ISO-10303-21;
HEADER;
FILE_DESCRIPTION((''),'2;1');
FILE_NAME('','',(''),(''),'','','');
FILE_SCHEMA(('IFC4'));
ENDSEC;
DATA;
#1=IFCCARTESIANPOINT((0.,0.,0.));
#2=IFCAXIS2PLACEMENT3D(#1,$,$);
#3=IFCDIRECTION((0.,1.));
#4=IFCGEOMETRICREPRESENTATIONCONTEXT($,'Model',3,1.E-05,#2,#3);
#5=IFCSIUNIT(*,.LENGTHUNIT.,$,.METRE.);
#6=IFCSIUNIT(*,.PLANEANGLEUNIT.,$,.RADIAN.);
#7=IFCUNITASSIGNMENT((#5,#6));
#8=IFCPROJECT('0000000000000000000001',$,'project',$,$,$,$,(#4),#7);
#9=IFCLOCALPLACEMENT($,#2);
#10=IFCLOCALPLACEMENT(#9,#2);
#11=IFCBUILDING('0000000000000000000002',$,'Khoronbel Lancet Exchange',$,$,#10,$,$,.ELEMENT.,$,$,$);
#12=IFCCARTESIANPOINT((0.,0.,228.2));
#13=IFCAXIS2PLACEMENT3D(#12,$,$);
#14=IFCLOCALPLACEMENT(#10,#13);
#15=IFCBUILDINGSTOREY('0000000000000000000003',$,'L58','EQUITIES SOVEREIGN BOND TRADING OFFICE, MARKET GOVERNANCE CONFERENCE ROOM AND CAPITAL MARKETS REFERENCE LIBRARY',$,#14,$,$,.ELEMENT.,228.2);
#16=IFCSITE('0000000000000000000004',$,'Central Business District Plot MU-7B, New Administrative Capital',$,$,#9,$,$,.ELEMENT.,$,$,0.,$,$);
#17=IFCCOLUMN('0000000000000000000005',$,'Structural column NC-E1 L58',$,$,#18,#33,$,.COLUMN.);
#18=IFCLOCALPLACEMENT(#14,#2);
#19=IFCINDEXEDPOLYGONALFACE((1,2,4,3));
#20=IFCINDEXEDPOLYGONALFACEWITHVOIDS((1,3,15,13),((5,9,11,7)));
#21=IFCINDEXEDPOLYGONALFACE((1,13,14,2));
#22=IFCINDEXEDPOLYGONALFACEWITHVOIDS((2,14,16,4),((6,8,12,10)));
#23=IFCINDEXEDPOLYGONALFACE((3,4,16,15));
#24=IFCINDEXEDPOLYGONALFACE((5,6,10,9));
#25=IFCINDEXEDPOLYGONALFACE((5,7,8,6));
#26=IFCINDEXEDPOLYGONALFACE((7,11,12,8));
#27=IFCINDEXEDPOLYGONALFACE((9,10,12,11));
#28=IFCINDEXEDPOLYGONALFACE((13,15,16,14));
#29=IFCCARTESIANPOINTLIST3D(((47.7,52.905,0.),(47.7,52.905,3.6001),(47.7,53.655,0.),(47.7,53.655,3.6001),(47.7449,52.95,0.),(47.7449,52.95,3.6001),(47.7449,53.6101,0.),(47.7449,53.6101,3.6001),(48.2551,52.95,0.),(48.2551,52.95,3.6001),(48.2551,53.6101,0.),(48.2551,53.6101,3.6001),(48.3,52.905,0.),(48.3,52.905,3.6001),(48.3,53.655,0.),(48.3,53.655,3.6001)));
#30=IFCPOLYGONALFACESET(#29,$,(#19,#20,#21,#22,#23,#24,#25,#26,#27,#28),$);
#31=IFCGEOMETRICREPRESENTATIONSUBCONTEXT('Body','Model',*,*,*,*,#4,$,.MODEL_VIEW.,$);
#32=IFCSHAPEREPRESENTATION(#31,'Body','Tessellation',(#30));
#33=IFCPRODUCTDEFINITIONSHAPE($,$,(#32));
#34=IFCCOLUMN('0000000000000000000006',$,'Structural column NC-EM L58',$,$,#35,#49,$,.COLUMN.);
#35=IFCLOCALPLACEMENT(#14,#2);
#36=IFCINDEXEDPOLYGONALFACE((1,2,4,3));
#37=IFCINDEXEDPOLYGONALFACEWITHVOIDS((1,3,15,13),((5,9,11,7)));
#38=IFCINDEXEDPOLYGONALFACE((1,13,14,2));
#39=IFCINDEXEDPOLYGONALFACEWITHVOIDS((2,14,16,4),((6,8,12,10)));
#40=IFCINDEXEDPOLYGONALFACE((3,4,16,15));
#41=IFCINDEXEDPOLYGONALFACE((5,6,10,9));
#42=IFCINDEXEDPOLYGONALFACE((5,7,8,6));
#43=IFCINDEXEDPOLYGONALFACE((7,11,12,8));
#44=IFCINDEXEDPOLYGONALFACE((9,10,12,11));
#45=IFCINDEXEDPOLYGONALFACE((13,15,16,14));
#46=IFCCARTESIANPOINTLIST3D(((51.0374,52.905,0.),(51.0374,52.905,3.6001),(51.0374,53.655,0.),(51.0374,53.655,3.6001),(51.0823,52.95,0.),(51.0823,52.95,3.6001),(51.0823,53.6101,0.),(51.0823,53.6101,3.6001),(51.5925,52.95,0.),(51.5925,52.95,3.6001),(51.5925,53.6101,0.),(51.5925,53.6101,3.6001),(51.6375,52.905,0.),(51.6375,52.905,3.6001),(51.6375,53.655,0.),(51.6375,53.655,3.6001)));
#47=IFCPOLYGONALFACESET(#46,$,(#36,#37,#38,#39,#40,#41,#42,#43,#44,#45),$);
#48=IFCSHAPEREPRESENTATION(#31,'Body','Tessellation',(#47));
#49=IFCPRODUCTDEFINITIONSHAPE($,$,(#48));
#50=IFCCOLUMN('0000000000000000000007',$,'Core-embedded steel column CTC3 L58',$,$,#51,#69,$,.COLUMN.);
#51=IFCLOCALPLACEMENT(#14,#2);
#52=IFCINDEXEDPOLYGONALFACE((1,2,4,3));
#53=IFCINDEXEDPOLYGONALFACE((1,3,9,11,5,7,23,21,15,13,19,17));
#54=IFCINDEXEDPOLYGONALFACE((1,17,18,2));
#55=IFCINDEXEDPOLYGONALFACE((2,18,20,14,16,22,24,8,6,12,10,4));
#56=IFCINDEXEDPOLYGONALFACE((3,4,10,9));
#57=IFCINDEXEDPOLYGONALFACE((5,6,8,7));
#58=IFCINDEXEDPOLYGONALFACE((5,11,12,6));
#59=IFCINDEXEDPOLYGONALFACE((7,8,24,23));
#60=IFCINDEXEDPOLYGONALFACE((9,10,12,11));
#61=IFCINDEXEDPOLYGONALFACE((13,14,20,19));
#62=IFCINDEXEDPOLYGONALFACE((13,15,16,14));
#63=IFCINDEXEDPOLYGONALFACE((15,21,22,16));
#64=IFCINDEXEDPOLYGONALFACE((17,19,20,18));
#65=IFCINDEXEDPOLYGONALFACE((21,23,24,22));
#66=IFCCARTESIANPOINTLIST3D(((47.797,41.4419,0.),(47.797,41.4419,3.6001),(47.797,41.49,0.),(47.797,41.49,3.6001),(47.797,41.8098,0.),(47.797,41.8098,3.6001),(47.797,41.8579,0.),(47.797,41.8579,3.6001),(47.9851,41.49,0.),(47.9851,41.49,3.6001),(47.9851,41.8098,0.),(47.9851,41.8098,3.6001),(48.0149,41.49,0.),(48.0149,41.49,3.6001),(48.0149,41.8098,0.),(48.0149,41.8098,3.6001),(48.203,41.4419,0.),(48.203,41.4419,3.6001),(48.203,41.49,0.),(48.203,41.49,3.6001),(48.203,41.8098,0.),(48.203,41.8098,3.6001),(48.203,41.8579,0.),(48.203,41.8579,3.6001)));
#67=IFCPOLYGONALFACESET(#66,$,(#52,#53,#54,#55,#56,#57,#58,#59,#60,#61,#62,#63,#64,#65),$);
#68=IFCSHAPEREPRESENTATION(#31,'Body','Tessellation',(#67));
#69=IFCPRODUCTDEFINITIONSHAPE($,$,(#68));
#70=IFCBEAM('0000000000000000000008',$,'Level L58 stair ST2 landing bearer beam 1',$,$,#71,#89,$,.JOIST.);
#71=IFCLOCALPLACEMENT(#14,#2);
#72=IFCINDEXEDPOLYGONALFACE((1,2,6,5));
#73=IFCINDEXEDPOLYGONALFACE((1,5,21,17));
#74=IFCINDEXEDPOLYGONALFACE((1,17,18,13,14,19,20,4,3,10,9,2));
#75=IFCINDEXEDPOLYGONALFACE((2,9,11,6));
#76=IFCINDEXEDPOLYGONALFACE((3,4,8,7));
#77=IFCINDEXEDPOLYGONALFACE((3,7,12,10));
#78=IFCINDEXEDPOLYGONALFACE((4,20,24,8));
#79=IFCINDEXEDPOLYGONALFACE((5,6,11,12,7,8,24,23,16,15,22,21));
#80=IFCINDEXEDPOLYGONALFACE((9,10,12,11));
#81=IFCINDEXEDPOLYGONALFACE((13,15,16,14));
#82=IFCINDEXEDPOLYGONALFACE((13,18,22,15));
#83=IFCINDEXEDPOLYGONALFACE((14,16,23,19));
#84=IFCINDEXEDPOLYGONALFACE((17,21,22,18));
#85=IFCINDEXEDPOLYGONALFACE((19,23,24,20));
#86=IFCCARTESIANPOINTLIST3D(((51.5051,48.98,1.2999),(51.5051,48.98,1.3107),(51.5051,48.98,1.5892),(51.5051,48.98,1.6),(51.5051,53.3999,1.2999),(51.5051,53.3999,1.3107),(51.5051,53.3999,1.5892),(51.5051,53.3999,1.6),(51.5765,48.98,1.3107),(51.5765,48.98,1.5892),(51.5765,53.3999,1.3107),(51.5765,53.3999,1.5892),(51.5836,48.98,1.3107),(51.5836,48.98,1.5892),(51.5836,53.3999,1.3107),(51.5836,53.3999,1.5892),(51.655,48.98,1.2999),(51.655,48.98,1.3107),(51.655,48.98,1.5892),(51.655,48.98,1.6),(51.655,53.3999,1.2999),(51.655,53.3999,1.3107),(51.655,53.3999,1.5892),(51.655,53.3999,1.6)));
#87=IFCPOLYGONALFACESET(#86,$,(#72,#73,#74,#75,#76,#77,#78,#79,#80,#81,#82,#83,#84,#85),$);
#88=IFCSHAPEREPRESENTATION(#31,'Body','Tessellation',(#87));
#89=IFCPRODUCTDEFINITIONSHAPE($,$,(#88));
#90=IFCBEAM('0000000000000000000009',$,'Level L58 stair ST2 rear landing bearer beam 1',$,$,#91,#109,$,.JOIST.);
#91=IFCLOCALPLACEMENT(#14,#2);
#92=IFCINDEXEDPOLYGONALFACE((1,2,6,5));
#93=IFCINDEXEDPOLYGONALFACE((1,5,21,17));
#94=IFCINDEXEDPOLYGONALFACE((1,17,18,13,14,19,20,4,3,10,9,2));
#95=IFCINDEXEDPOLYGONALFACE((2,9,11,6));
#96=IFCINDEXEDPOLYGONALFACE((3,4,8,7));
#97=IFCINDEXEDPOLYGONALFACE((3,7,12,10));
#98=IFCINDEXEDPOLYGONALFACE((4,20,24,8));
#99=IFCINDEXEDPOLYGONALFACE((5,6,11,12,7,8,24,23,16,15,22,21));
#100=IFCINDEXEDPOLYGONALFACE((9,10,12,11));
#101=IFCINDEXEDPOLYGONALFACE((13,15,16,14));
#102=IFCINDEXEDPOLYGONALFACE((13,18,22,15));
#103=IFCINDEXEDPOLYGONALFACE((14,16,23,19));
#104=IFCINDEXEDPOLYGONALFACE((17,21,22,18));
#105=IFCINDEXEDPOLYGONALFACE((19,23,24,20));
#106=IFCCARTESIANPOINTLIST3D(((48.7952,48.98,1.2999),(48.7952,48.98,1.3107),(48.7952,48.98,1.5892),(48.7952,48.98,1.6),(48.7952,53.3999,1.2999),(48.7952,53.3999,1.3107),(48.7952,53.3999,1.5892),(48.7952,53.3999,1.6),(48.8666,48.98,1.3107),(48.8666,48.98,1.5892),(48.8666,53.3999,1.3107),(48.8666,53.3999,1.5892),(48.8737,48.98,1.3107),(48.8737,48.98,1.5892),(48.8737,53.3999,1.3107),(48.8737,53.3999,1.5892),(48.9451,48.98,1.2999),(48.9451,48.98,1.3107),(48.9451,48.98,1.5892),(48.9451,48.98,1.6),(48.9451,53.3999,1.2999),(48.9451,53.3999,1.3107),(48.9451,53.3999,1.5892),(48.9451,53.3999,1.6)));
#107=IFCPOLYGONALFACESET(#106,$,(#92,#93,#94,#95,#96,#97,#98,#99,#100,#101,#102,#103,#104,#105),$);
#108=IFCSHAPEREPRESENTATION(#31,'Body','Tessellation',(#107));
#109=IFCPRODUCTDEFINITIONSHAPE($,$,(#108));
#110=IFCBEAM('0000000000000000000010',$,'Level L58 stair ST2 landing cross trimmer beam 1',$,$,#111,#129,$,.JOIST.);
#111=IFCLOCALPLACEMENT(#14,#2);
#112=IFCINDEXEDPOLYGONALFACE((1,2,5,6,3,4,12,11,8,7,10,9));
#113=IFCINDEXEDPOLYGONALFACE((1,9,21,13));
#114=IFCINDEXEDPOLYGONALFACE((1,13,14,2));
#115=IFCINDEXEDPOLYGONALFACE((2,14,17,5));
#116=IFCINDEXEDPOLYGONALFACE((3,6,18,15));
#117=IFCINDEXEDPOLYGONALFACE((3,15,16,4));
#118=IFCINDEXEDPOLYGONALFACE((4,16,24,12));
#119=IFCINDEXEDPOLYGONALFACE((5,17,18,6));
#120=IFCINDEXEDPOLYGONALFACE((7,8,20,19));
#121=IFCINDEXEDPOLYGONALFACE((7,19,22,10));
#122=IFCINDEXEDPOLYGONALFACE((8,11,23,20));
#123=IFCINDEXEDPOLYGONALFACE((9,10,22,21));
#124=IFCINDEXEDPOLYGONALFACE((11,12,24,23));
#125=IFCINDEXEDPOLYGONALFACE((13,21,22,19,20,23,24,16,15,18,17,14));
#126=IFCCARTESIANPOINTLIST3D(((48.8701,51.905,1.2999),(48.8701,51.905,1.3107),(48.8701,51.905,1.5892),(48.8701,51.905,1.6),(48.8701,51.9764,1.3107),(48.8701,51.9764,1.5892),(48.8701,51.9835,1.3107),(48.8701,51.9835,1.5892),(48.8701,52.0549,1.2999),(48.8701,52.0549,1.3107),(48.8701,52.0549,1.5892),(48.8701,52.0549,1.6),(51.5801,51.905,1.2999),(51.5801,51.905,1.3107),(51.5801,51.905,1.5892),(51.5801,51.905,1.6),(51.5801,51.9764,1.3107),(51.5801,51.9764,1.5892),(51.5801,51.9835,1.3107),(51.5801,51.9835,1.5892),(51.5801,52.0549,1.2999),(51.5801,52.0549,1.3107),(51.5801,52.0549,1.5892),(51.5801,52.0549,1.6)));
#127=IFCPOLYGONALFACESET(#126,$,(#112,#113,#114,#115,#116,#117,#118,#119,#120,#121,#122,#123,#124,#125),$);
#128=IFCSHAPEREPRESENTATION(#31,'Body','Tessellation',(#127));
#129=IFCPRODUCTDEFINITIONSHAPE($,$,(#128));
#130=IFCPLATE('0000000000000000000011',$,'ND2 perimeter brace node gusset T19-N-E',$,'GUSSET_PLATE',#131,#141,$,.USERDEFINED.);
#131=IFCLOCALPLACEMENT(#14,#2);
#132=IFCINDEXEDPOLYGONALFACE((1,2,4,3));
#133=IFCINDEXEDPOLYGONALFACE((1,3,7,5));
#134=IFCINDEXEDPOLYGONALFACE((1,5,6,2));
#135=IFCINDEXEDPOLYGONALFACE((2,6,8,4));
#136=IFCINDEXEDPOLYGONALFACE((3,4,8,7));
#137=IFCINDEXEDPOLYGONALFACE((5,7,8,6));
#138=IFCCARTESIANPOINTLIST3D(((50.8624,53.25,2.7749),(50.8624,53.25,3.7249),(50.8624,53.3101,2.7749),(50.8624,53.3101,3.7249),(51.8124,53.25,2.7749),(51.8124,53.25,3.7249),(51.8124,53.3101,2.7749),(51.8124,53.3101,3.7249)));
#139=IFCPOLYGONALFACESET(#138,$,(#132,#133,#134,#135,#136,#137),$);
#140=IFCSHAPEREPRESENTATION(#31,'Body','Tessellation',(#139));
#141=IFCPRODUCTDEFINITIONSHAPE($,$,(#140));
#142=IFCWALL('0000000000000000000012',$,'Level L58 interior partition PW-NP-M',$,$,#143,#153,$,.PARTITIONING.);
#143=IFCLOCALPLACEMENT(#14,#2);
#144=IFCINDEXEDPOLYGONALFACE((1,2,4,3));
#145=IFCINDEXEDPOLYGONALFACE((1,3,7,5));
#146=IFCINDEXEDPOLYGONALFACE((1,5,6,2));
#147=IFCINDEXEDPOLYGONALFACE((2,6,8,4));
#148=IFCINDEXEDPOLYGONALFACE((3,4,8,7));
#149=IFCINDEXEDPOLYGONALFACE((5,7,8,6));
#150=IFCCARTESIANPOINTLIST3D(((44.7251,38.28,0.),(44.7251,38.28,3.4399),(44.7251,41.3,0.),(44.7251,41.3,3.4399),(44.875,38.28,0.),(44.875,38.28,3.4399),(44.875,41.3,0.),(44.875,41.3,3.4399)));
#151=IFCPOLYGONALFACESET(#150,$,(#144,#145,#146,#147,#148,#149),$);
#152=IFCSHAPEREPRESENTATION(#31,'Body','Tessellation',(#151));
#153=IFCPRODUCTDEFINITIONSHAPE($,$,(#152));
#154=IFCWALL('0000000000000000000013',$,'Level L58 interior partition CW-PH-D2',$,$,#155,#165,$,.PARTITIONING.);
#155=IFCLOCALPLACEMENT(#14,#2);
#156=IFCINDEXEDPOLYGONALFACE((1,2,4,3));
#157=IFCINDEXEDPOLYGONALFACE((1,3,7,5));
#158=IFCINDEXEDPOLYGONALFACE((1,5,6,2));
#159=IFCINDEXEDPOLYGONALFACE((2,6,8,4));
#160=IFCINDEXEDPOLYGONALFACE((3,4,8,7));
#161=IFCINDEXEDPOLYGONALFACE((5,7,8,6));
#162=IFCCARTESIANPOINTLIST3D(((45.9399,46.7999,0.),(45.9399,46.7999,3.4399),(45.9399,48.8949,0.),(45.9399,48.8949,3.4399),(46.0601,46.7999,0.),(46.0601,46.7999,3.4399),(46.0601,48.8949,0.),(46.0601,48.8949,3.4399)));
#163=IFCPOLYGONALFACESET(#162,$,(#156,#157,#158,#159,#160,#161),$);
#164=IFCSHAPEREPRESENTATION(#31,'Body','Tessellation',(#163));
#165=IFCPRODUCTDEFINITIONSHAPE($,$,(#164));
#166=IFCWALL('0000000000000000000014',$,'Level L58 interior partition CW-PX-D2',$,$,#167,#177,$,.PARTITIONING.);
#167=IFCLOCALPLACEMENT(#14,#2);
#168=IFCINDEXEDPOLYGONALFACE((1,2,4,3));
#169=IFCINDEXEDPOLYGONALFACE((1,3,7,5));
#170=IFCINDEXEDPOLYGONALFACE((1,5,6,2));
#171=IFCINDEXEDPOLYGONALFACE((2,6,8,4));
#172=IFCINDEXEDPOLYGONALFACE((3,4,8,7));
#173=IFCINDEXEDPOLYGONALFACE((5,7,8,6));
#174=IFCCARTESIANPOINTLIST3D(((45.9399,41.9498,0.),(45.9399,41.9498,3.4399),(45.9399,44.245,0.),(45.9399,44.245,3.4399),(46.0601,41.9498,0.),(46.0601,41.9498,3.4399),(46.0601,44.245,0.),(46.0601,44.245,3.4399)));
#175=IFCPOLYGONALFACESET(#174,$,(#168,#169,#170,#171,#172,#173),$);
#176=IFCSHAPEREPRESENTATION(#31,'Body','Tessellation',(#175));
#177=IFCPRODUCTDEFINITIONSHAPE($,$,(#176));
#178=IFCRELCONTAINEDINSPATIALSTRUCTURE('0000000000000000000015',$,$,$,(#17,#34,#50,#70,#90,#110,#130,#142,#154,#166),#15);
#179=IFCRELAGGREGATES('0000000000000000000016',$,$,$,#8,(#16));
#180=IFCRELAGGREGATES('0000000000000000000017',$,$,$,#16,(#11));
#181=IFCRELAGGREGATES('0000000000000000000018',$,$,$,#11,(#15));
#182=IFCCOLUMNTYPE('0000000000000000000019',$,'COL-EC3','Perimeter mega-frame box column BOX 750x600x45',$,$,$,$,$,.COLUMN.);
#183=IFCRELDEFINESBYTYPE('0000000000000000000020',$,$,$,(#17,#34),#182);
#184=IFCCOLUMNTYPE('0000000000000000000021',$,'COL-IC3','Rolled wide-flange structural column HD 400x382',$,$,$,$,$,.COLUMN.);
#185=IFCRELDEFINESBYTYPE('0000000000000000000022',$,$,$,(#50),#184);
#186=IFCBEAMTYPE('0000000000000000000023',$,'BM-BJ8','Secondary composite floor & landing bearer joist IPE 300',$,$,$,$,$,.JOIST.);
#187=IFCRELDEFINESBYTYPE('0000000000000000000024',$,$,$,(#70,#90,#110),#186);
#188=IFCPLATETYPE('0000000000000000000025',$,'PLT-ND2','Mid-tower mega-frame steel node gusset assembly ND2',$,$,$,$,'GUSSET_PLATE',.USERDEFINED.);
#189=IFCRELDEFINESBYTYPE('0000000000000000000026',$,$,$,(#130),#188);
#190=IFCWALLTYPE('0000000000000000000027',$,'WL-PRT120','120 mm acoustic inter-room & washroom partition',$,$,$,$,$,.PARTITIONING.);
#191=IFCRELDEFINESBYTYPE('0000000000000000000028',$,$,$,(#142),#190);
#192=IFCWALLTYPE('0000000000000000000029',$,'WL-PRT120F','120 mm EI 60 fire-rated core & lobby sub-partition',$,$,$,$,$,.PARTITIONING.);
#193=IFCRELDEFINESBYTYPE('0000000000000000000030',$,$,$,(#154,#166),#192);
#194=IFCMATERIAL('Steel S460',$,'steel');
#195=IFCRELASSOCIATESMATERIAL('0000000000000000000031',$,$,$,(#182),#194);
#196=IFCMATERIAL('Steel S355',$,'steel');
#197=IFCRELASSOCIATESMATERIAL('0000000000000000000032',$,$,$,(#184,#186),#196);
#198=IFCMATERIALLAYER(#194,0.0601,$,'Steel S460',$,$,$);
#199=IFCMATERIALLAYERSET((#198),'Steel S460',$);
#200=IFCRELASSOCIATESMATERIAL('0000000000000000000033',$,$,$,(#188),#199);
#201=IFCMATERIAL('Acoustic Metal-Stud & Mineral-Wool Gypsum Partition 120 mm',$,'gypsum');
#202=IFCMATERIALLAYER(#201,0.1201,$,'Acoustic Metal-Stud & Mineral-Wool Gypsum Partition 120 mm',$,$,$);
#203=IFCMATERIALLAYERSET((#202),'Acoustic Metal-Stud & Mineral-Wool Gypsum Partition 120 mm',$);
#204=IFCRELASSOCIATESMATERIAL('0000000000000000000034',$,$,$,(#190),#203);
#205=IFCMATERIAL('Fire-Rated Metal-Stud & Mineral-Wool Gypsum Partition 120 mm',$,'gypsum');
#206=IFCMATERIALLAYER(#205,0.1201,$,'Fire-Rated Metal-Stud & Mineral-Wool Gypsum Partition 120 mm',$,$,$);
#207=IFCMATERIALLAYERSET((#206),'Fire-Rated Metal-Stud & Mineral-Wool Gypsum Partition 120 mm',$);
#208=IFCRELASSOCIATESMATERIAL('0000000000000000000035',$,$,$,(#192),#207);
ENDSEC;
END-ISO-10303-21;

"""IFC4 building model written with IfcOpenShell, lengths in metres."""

from ifc_helpers import new_model, si_unit, direction, frame, frame_2d, origin, origin_2d, place, context, subcontext, project, spatial, rectangle, hollow_rectangle, i_section, extrude, material, layer, layer_set, material_profile, profile_set, type_object, element, save


model = new_model("IFC4")

# Units and contexts
model_context = context("Model", 3, precision=1e-05, world=origin(), true_north=direction((0.0, 1.0)))
body_context = subcontext(model_context, "Body", "Model", "MODEL_VIEW")
ifc_project = project(units=[si_unit("LENGTHUNIT", "METRE"), si_unit("PLANEANGLEUNIT", "RADIAN")], contexts=[model_context])

# Site, building, storey
site_placement = place(None, origin())
site = spatial("IfcSite", under=ifc_project, at=site_placement, Name="Central Business District Plot MU-7B, New Administrative Capital", CompositionType="ELEMENT", RefElevation=0.0)
building_placement = place(site_placement, origin())
building = spatial("IfcBuilding", under=site, at=building_placement, Name="Khoronbel Lancet Exchange", CompositionType="ELEMENT")
storey_placement = place(building_placement, frame((0.0, 0.0, 228.2)))
storey = spatial("IfcBuildingStorey", under=building, at=storey_placement, Name="L58", Description="EQUITIES SOVEREIGN BOND TRADING OFFICE, MARKET GOVERNANCE CONFERENCE ROOM AND CAPITAL MARKETS REFERENCE LIBRARY", CompositionType="ELEMENT", Elevation=228.2)

# Columns
ifc_material_1 = material(Name="Steel S460", Category="steel")
ifc_material_profile_1 = material_profile(ifc_material_1, hollow_rectangle(XDim=0.6001, YDim=0.75, WallThickness=0.0449, at=origin_2d()), Name="BOX 750x600x45")
ifc_profile_set_1 = profile_set([ifc_material_profile_1], Name="Steel S460")
column_type_1 = type_object("IfcColumnType", Name="COL-EC3", Description="Perimeter mega-frame box column BOX 750x600x45", PredefinedType="COLUMN", material=ifc_profile_set_1)
for number, where, z_axis, x_axis, name in (
    (1, (48.0, 53.28, 0.0), (0.0, 0.0, 1.0), (1.0, 0.0, 0.0), "Structural column NC-E1 L58"),
    (2, (51.3374, 53.28, 0.0), (0.0, 0.0, 1.0), (1.0, 0.0, 0.0), "Structural column NC-EM L58"),
):
    element("IfcColumn", number, at=place(storey_placement, frame(where, z_axis=z_axis, x_axis=x_axis)), inside=storey, type_object=column_type_1, Name=name, PredefinedType="COLUMN", context=body_context, shape_type="SweptSolid", body=[
        extrude(hollow_rectangle(XDim=0.6001, YDim=0.75, WallThickness=0.0449, at=origin_2d()), origin(), (0.0, 0.0, 1.0), 3.6001),
    ])
ifc_material_2 = material(Name="Steel S355", Category="steel")
ifc_material_profile_2 = material_profile(ifc_material_2, i_section(OverallWidth=0.406, OverallDepth=0.416, WebThickness=0.0298, FlangeThickness=0.0481, at=origin_2d()), Name="HD 400x382")
ifc_profile_set_2 = profile_set([ifc_material_profile_2], Name="Steel S355")
column_type_2 = type_object("IfcColumnType", Name="COL-IC3", Description="Rolled wide-flange structural column HD 400x382", PredefinedType="COLUMN", material=ifc_profile_set_2)
column_placement = place(storey_placement, frame((48.0, 41.6499, 0.0), z_axis=(0.0, 0.0, 1.0), x_axis=(1.0, 0.0, 0.0)))
element("IfcColumn", 3, at=column_placement, inside=storey, type_object=column_type_2, Name="Core-embedded steel column CTC3 L58", PredefinedType="COLUMN", context=body_context, shape_type="SweptSolid", body=[
    extrude(i_section(OverallWidth=0.406, OverallDepth=0.416, WebThickness=0.0298, FlangeThickness=0.0481, at=origin_2d()), origin(), (0.0, 0.0, 1.0), 3.6001),
])

# Beams
ifc_material_profile_3 = material_profile(ifc_material_2, i_section(OverallWidth=0.1499, OverallDepth=0.3, WebThickness=0.0071, FlangeThickness=0.0107, at=origin_2d()), Name="IPE 300")
ifc_profile_set_3 = profile_set([ifc_material_profile_3], Name="Steel S355")
beam_type = type_object("IfcBeamType", Name="BM-BJ8", Description="Secondary composite floor & landing bearer joist IPE 300", PredefinedType="JOIST", material=ifc_profile_set_3)
for number, where, z_axis, x_axis, name in (
    (4, (51.5801, 48.98, 1.45), (0.0, 1.0, 0.0), (-1.0, 0.0, 0.0), "Level L58 stair ST2 landing bearer beam 1"),
    (5, (48.8701, 48.98, 1.45), (0.0, 1.0, 0.0), (-1.0, 0.0, 0.0), "Level L58 stair ST2 rear landing bearer beam 1"),
):
    element("IfcBeam", number, at=place(storey_placement, frame(where, z_axis=z_axis, x_axis=x_axis)), inside=storey, type_object=beam_type, Name=name, PredefinedType="JOIST", context=body_context, shape_type="SweptSolid", body=[
        extrude(i_section(OverallWidth=0.1499, OverallDepth=0.3, WebThickness=0.0071, FlangeThickness=0.0107, at=origin_2d()), origin(), (0.0, 0.0, 1.0), 4.4199),
    ])
beam_placement = place(storey_placement, frame((48.8701, 51.98, 1.45), z_axis=(1.0, 0.0, 0.0), x_axis=(0.0, 1.0, 0.0)))
element("IfcBeam", 6, at=beam_placement, inside=storey, type_object=beam_type, Name="Level L58 stair ST2 landing cross trimmer beam 1", PredefinedType="JOIST", context=body_context, shape_type="SweptSolid", body=[
    extrude(i_section(OverallWidth=0.1499, OverallDepth=0.3, WebThickness=0.0071, FlangeThickness=0.0107, at=origin_2d()), origin(), (0.0, 0.0, 1.0), 2.71),
])

# Plate
ifc_layer_1 = layer(ifc_material_1, 0.0601, Name="Steel S460")
ifc_layer_set_1 = layer_set([ifc_layer_1], Name="Steel S460")
plate_type = type_object("IfcPlateType", Name="PLT-ND2", Description="Mid-tower mega-frame steel node gusset assembly ND2", ElementType="GUSSET_PLATE", PredefinedType="USERDEFINED", material=ifc_layer_set_1)
plate_placement = place(storey_placement, frame((51.3374, 53.28, 2.7749), z_axis=(0.0, 0.0, 1.0), x_axis=(1.0, 0.0, 0.0)))
element("IfcPlate", 7, at=plate_placement, inside=storey, type_object=plate_type, Name="ND2 perimeter brace node gusset T19-N-E", ObjectType="GUSSET_PLATE", PredefinedType="USERDEFINED", context=body_context, shape_type="SweptSolid", body=[
    extrude(rectangle(XDim=0.95, YDim=0.0601, at=origin_2d()), origin(), (0.0, 0.0, 1.0), 0.95),
])

# Walls
ifc_material_3 = material(Name="Acoustic Metal-Stud & Mineral-Wool Gypsum Partition 120 mm", Category="gypsum")
ifc_layer_2 = layer(ifc_material_3, 0.1201, Name="Acoustic Metal-Stud & Mineral-Wool Gypsum Partition 120 mm")
ifc_layer_set_2 = layer_set([ifc_layer_2], Name="Acoustic Metal-Stud & Mineral-Wool Gypsum Partition 120 mm")
wall_type_1 = type_object("IfcWallType", Name="WL-PRT120", Description="120 mm acoustic inter-room & washroom partition", PredefinedType="PARTITIONING", material=ifc_layer_set_2)
wall_1_placement = place(storey_placement, frame((44.8, 38.28, 0.0), z_axis=(0.0, 0.0, 1.0), x_axis=(0.0, 1.0, 0.0)))
element("IfcWall", 8, at=wall_1_placement, inside=storey, type_object=wall_type_1, Name="Level L58 interior partition PW-NP-M", PredefinedType="PARTITIONING", context=body_context, shape_type="SweptSolid", body=[
    extrude(rectangle(XDim=3.02, YDim=0.1499, at=frame_2d((1.51, 0.0))), origin(), (0.0, 0.0, 1.0), 3.4399),
])
ifc_material_4 = material(Name="Fire-Rated Metal-Stud & Mineral-Wool Gypsum Partition 120 mm", Category="gypsum")
ifc_layer_3 = layer(ifc_material_4, 0.1201, Name="Fire-Rated Metal-Stud & Mineral-Wool Gypsum Partition 120 mm")
ifc_layer_set_3 = layer_set([ifc_layer_3], Name="Fire-Rated Metal-Stud & Mineral-Wool Gypsum Partition 120 mm")
wall_type_2 = type_object("IfcWallType", Name="WL-PRT120F", Description="120 mm EI 60 fire-rated core & lobby sub-partition", PredefinedType="PARTITIONING", material=ifc_layer_set_3)
wall_2_placement = place(storey_placement, frame((46.0, 46.8, 0.0), z_axis=(0.0, 0.0, 1.0), x_axis=(0.0, 1.0, 0.0)))
element("IfcWall", 9, at=wall_2_placement, inside=storey, type_object=wall_type_2, Name="Level L58 interior partition CW-PH-D2", PredefinedType="PARTITIONING", context=body_context, shape_type="SweptSolid", body=[
    extrude(rectangle(XDim=2.095, YDim=0.1201, at=frame_2d((1.0474, 0.0))), origin(), (0.0, 0.0, 1.0), 3.4399),
])
wall_3_placement = place(storey_placement, frame((46.0, 41.95, 0.0), z_axis=(0.0, 0.0, 1.0), x_axis=(0.0, 1.0, 0.0)))
element("IfcWall", 10, at=wall_3_placement, inside=storey, type_object=wall_type_2, Name="Level L58 interior partition CW-PX-D2", PredefinedType="PARTITIONING", context=body_context, shape_type="SweptSolid", body=[
    extrude(rectangle(XDim=2.2952, YDim=0.1201, at=frame_2d((1.1475, 0.0))), origin(), (0.0, 0.0, 1.0), 3.4399),
])

save(model, "model.ifc")
